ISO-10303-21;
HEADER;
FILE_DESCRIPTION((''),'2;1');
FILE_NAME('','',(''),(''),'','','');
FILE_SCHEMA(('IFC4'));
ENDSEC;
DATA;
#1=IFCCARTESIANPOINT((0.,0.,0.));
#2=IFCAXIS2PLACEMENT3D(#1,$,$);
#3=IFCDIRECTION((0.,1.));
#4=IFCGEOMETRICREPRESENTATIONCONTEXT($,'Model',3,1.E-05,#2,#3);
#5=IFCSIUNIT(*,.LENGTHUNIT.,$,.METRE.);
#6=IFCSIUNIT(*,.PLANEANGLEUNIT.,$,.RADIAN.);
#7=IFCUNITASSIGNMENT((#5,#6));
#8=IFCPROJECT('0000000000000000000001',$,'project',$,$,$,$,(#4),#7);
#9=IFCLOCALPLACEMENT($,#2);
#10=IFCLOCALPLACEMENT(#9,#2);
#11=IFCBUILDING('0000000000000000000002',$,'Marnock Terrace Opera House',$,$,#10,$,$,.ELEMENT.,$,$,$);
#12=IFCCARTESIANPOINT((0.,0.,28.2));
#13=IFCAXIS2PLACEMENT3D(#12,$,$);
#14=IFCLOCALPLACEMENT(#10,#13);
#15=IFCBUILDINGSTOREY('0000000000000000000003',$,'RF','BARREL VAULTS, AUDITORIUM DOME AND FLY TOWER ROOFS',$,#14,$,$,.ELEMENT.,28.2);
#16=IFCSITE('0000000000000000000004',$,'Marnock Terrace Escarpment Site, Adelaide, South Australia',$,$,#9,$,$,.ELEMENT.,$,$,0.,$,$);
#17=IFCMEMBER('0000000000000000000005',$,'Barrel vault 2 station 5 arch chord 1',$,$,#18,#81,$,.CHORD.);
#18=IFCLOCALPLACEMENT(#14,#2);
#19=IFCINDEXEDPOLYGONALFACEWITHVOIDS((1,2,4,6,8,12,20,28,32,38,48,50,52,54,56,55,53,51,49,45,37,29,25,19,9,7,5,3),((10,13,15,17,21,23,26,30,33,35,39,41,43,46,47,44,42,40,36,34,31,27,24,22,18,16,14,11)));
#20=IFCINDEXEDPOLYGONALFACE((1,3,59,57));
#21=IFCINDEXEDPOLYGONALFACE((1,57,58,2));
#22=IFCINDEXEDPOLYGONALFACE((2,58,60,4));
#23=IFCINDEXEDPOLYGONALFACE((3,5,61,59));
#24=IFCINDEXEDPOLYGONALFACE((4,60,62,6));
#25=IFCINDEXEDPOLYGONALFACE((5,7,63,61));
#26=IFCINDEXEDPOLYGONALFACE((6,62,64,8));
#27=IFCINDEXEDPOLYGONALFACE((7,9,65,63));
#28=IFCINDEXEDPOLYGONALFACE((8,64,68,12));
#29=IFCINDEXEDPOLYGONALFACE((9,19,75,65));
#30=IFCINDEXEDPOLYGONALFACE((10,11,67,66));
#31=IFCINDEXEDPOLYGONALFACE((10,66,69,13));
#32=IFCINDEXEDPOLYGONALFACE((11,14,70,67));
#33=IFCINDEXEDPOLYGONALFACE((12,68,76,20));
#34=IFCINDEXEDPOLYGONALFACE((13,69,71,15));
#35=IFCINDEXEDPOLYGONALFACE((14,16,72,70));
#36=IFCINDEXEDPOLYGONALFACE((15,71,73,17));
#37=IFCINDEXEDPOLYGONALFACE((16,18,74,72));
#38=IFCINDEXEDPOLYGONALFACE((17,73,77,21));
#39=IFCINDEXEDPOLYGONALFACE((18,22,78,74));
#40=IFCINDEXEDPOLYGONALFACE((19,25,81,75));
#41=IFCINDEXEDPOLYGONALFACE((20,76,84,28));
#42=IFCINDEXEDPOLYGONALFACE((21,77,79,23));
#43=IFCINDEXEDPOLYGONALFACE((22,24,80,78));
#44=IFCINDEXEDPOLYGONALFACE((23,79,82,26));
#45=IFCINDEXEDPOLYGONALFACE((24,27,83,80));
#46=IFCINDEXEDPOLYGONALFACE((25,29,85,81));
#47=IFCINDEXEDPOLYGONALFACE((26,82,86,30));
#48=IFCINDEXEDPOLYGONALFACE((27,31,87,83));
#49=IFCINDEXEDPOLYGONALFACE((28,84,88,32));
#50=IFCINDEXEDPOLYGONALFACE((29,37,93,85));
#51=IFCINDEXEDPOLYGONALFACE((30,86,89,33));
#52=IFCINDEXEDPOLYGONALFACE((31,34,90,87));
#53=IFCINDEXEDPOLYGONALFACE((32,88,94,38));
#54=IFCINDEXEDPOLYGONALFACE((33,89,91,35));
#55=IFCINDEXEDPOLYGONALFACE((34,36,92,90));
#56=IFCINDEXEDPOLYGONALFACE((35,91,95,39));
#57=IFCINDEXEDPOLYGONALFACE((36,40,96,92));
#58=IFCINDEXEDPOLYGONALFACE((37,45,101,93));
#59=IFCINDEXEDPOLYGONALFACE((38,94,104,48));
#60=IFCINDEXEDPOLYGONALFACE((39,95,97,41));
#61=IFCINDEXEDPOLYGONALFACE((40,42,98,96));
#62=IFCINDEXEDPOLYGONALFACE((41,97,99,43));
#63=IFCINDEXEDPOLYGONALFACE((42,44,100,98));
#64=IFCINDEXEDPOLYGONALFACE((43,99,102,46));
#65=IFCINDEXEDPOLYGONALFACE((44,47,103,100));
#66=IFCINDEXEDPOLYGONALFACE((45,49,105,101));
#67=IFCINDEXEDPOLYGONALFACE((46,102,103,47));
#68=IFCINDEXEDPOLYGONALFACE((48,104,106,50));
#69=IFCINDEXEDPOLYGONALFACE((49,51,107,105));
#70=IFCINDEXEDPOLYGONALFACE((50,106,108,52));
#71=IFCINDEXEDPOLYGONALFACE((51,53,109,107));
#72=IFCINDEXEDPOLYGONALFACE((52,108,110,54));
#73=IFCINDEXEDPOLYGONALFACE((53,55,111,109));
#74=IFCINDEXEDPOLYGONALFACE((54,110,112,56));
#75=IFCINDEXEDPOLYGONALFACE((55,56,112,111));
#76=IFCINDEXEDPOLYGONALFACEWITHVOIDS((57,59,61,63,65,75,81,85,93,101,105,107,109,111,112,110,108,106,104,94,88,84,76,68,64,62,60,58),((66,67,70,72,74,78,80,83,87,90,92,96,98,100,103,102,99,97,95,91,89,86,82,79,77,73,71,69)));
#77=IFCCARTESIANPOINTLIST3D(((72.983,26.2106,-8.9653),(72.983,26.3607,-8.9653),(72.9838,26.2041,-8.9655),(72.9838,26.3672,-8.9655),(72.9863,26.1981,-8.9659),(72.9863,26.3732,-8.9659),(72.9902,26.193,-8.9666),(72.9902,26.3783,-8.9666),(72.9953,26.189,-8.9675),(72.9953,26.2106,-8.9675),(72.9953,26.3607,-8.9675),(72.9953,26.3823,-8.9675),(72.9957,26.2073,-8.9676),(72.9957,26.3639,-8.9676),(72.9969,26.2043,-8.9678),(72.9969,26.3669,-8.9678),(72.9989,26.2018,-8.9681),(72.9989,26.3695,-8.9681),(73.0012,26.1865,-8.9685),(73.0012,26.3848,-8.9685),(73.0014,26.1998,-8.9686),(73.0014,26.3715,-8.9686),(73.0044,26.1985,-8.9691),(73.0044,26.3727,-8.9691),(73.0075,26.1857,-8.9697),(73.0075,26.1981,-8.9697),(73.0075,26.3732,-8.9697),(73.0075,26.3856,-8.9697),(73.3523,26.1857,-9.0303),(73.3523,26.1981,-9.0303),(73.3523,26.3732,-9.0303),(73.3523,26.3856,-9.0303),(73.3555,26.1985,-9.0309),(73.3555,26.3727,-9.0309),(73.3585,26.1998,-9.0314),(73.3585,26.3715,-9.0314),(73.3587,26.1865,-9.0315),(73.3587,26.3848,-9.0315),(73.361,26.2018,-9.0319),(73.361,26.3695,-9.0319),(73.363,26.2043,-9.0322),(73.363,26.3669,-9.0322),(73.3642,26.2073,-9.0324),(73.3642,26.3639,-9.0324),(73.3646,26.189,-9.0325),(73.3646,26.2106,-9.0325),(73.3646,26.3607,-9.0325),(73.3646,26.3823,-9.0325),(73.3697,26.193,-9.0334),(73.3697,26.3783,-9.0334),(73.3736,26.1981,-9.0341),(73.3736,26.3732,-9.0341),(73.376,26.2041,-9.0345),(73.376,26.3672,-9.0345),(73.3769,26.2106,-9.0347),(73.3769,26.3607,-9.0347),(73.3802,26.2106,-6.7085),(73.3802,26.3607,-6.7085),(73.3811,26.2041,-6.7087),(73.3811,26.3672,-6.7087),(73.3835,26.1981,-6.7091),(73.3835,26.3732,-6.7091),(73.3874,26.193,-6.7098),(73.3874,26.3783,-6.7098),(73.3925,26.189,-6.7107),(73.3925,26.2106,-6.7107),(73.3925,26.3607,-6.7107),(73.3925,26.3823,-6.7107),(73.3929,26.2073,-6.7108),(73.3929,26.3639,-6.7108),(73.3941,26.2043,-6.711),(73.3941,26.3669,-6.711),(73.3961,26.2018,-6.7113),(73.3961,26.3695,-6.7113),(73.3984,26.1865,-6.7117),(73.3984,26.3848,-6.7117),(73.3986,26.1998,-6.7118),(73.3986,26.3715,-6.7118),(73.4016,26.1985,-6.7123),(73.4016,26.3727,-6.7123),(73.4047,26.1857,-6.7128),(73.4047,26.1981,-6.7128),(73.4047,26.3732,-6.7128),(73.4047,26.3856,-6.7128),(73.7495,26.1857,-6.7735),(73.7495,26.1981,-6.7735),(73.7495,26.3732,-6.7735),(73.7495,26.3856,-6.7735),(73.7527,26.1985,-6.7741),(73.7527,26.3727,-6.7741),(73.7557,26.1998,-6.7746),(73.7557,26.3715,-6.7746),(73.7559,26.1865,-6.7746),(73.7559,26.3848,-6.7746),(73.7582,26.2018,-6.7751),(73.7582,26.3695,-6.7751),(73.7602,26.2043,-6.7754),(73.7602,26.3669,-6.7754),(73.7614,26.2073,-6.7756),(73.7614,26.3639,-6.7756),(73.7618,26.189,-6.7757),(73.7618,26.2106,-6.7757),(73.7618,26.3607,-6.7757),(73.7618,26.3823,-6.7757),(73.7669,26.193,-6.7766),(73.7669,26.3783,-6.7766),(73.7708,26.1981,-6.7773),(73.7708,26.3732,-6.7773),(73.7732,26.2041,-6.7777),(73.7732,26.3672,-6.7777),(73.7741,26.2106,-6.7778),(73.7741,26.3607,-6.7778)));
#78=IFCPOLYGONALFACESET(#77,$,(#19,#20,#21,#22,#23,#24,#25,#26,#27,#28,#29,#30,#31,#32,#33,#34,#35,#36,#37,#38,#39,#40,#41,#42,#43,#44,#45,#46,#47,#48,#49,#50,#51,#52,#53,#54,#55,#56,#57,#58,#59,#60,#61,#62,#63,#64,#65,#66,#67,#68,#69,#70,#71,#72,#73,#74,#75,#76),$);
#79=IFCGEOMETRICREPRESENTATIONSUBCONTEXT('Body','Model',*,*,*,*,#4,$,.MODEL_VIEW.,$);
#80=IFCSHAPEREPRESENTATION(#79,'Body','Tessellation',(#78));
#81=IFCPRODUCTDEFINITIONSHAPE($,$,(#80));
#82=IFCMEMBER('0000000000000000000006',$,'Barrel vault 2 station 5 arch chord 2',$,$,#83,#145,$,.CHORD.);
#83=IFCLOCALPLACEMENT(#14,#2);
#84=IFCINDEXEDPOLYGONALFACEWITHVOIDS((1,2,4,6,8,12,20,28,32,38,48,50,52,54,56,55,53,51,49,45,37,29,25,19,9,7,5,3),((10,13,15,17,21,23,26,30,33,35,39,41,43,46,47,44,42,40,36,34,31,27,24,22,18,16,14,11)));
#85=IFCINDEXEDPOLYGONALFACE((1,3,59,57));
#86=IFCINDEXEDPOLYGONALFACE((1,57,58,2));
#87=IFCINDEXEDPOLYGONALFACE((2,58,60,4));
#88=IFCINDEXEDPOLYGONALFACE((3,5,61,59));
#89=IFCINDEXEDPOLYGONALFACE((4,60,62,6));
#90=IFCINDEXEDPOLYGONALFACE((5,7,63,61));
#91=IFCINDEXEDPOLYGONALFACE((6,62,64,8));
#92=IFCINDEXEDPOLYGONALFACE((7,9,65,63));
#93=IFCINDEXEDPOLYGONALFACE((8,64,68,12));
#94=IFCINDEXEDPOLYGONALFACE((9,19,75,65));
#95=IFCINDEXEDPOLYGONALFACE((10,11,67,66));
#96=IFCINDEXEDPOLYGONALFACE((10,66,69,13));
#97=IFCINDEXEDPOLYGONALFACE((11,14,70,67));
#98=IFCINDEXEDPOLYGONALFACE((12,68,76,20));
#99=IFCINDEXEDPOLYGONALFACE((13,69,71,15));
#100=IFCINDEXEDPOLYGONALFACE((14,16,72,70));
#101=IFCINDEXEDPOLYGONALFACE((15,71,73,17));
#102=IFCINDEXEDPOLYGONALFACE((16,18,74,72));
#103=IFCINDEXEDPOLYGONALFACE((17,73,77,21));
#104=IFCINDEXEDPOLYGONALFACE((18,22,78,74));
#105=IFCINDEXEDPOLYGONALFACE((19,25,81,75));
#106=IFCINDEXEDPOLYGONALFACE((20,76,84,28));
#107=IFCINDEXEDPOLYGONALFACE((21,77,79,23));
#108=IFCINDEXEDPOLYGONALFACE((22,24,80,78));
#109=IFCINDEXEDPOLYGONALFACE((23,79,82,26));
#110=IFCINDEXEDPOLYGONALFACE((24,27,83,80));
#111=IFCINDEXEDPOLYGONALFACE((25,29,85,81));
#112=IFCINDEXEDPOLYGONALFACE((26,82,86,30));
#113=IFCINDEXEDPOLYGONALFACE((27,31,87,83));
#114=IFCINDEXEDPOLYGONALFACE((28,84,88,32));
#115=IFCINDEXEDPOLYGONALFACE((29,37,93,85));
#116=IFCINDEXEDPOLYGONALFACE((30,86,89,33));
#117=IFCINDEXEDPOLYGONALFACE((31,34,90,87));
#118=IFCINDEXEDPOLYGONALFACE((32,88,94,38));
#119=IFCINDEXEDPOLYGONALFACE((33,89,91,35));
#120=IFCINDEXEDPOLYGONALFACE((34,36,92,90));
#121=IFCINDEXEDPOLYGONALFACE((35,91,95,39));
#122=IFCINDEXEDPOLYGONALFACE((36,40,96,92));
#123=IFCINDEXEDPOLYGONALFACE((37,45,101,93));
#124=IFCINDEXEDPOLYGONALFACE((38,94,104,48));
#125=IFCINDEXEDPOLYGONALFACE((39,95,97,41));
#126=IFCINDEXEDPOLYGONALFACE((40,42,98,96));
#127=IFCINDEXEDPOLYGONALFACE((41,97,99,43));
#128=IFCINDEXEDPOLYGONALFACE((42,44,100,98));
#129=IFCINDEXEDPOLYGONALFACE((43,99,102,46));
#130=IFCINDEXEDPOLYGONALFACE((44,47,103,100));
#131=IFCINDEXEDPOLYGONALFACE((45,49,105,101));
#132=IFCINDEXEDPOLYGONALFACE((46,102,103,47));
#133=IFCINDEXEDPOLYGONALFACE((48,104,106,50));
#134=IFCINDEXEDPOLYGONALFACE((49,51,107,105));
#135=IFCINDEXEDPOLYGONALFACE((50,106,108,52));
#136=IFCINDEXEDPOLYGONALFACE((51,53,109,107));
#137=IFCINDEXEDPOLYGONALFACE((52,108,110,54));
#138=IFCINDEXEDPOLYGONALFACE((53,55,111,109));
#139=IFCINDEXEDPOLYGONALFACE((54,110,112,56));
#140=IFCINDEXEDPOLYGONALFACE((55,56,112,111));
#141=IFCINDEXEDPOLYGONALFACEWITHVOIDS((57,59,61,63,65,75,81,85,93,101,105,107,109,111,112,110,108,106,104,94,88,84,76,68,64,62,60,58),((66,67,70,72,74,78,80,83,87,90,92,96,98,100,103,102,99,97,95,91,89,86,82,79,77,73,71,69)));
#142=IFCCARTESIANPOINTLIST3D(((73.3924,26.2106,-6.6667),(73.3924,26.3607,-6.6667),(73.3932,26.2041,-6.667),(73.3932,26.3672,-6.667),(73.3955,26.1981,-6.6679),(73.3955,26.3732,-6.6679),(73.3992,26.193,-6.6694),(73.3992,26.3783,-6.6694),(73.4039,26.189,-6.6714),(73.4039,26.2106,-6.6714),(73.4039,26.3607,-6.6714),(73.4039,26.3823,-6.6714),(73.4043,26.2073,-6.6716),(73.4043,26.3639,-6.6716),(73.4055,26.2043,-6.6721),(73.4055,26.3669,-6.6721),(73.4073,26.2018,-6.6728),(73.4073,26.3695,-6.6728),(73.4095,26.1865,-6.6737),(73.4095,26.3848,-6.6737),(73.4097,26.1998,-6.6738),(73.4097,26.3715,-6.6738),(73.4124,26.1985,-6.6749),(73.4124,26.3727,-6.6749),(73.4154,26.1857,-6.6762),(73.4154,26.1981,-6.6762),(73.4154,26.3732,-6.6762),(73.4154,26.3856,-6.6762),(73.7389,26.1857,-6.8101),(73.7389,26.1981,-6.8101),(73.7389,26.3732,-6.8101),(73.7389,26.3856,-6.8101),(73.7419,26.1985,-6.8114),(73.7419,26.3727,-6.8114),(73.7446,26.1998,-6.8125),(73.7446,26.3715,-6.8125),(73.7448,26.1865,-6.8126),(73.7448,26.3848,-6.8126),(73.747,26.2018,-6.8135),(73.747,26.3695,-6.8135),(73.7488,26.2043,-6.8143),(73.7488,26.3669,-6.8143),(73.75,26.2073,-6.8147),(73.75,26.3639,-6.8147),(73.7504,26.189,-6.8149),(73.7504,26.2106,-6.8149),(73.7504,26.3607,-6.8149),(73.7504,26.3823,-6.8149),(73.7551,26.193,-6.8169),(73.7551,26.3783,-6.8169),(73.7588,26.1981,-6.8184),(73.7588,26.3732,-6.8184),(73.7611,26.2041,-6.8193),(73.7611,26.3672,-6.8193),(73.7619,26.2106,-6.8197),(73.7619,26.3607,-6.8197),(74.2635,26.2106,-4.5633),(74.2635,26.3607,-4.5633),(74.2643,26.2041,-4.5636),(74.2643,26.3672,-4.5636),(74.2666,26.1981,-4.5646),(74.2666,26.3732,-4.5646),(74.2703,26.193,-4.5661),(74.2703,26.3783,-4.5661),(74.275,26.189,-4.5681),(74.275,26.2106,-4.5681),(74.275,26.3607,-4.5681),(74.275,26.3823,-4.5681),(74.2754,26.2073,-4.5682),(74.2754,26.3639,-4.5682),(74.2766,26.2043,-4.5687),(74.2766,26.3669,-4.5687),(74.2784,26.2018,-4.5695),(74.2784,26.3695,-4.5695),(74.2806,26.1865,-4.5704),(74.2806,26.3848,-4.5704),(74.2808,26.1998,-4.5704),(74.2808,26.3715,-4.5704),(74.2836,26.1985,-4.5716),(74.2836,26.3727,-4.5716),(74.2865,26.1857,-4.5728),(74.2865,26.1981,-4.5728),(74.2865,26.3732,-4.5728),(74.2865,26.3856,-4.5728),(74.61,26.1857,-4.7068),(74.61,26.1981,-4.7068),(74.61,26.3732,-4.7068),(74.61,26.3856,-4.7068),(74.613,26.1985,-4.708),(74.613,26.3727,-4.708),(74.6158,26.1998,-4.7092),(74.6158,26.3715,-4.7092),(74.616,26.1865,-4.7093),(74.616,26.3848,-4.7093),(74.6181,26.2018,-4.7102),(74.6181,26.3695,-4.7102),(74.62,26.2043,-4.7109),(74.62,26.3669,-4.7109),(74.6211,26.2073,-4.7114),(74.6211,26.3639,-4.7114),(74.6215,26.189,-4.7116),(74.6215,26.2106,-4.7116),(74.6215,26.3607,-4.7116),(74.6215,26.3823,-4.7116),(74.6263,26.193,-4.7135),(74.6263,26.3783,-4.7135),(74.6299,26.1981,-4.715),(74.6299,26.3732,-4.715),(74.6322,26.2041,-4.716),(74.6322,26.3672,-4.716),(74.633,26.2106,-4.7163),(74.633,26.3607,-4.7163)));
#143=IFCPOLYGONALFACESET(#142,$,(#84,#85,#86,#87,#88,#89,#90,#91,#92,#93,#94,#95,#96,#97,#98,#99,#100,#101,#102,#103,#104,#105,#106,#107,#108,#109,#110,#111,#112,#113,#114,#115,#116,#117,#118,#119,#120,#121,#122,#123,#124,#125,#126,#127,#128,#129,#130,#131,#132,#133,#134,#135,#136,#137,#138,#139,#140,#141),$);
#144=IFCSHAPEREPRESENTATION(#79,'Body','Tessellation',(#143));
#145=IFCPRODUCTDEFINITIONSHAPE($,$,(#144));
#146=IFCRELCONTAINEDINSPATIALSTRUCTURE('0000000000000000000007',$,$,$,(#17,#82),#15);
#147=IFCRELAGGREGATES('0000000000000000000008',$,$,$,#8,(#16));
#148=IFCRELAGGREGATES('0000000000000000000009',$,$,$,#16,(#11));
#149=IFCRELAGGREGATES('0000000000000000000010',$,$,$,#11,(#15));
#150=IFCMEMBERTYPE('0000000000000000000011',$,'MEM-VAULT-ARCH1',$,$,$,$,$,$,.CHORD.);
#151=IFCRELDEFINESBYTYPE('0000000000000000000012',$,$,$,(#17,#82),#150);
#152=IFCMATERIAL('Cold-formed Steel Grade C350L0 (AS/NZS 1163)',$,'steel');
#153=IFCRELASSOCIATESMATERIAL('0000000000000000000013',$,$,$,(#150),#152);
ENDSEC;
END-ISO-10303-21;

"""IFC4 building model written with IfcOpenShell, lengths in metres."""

from ifc_helpers import new_model, si_unit, direction, frame, origin, origin_2d, place, context, subcontext, project, spatial, hollow_rectangle, extrude, material, material_profile, profile_set, type_object, element, save


model = new_model("IFC4")

# Units and contexts
model_context = context("Model", 3, precision=1e-05, world=origin(), true_north=direction((0.0, 1.0)))
body_context = subcontext(model_context, "Body", "Model", "MODEL_VIEW")
ifc_project = project(units=[si_unit("LENGTHUNIT", "METRE"), si_unit("PLANEANGLEUNIT", "RADIAN")], contexts=[model_context])

# Site, building, storey
site_placement = place(None, origin())
site = spatial("IfcSite", under=ifc_project, at=site_placement, Name="Marnock Terrace Escarpment Site, Adelaide, South Australia", CompositionType="ELEMENT", RefElevation=0.0)
building_placement = place(site_placement, origin())
building = spatial("IfcBuilding", under=site, at=building_placement, Name="Marnock Terrace Opera House", CompositionType="ELEMENT")
storey_placement = place(building_placement, frame((0.0, 0.0, 28.2)))
storey = spatial("IfcBuildingStorey", under=building, at=storey_placement, Name="RF", Description="BARREL VAULTS, AUDITORIUM DOME AND FLY TOWER ROOFS", CompositionType="ELEMENT", Elevation=28.2)

# Members
ifc_material = material(Name="Cold-formed Steel Grade C350L0 (AS/NZS 1163)", Category="steel")
ifc_material_profile_1 = material_profile(ifc_material, hollow_rectangle(XDim=0.2, YDim=0.3999, WallThickness=0.0125, InnerFilletRadius=0.0125, OuterFilletRadius=0.0249, at=origin_2d()))
ifc_profile_set_1 = profile_set([ifc_material_profile_1], Name="Cold-formed Steel Grade C350L0 (AS/NZS 1163)")
member_type_1 = type_object("IfcMemberType", Name="MEM-VAULT-ARCH1", PredefinedType="CHORD", material=ifc_profile_set_1)
member_1_placement = place(storey_placement, frame((73.1799, 26.2856, -9.0), z_axis=(0.173342, 0.0, 0.984862), x_axis=(0.0, 1.0, 0.0)))
element("IfcMember", 1, at=member_1_placement, inside=storey, type_object=member_type_1, Name="Barrel vault 2 station 5 arch chord 1", PredefinedType="CHORD", context=body_context, shape_type="SweptSolid", body=[
    extrude(hollow_rectangle(XDim=0.2, YDim=0.3999, WallThickness=0.0125, InnerFilletRadius=0.0125, OuterFilletRadius=0.0249, at=origin_2d()), origin(), (0.0, 0.0, 1.0), 2.2915),
])
member_2_placement = place(storey_placement, frame((73.5771, 26.2856, -6.7432), z_axis=(0.382642, 0.0, 0.923897), x_axis=(0.0, 1.0, 0.0)))
element("IfcMember", 2, at=member_2_placement, inside=storey, type_object=member_type_1, Name="Barrel vault 2 station 5 arch chord 2", PredefinedType="CHORD", context=body_context, shape_type="SweptSolid", body=[
    extrude(hollow_rectangle(XDim=0.2, YDim=0.3999, WallThickness=0.0125, InnerFilletRadius=0.0125, OuterFilletRadius=0.0249, at=origin_2d()), origin(), (0.0, 0.0, 1.0), 2.2766),
])

save(model, "model.ifc")
